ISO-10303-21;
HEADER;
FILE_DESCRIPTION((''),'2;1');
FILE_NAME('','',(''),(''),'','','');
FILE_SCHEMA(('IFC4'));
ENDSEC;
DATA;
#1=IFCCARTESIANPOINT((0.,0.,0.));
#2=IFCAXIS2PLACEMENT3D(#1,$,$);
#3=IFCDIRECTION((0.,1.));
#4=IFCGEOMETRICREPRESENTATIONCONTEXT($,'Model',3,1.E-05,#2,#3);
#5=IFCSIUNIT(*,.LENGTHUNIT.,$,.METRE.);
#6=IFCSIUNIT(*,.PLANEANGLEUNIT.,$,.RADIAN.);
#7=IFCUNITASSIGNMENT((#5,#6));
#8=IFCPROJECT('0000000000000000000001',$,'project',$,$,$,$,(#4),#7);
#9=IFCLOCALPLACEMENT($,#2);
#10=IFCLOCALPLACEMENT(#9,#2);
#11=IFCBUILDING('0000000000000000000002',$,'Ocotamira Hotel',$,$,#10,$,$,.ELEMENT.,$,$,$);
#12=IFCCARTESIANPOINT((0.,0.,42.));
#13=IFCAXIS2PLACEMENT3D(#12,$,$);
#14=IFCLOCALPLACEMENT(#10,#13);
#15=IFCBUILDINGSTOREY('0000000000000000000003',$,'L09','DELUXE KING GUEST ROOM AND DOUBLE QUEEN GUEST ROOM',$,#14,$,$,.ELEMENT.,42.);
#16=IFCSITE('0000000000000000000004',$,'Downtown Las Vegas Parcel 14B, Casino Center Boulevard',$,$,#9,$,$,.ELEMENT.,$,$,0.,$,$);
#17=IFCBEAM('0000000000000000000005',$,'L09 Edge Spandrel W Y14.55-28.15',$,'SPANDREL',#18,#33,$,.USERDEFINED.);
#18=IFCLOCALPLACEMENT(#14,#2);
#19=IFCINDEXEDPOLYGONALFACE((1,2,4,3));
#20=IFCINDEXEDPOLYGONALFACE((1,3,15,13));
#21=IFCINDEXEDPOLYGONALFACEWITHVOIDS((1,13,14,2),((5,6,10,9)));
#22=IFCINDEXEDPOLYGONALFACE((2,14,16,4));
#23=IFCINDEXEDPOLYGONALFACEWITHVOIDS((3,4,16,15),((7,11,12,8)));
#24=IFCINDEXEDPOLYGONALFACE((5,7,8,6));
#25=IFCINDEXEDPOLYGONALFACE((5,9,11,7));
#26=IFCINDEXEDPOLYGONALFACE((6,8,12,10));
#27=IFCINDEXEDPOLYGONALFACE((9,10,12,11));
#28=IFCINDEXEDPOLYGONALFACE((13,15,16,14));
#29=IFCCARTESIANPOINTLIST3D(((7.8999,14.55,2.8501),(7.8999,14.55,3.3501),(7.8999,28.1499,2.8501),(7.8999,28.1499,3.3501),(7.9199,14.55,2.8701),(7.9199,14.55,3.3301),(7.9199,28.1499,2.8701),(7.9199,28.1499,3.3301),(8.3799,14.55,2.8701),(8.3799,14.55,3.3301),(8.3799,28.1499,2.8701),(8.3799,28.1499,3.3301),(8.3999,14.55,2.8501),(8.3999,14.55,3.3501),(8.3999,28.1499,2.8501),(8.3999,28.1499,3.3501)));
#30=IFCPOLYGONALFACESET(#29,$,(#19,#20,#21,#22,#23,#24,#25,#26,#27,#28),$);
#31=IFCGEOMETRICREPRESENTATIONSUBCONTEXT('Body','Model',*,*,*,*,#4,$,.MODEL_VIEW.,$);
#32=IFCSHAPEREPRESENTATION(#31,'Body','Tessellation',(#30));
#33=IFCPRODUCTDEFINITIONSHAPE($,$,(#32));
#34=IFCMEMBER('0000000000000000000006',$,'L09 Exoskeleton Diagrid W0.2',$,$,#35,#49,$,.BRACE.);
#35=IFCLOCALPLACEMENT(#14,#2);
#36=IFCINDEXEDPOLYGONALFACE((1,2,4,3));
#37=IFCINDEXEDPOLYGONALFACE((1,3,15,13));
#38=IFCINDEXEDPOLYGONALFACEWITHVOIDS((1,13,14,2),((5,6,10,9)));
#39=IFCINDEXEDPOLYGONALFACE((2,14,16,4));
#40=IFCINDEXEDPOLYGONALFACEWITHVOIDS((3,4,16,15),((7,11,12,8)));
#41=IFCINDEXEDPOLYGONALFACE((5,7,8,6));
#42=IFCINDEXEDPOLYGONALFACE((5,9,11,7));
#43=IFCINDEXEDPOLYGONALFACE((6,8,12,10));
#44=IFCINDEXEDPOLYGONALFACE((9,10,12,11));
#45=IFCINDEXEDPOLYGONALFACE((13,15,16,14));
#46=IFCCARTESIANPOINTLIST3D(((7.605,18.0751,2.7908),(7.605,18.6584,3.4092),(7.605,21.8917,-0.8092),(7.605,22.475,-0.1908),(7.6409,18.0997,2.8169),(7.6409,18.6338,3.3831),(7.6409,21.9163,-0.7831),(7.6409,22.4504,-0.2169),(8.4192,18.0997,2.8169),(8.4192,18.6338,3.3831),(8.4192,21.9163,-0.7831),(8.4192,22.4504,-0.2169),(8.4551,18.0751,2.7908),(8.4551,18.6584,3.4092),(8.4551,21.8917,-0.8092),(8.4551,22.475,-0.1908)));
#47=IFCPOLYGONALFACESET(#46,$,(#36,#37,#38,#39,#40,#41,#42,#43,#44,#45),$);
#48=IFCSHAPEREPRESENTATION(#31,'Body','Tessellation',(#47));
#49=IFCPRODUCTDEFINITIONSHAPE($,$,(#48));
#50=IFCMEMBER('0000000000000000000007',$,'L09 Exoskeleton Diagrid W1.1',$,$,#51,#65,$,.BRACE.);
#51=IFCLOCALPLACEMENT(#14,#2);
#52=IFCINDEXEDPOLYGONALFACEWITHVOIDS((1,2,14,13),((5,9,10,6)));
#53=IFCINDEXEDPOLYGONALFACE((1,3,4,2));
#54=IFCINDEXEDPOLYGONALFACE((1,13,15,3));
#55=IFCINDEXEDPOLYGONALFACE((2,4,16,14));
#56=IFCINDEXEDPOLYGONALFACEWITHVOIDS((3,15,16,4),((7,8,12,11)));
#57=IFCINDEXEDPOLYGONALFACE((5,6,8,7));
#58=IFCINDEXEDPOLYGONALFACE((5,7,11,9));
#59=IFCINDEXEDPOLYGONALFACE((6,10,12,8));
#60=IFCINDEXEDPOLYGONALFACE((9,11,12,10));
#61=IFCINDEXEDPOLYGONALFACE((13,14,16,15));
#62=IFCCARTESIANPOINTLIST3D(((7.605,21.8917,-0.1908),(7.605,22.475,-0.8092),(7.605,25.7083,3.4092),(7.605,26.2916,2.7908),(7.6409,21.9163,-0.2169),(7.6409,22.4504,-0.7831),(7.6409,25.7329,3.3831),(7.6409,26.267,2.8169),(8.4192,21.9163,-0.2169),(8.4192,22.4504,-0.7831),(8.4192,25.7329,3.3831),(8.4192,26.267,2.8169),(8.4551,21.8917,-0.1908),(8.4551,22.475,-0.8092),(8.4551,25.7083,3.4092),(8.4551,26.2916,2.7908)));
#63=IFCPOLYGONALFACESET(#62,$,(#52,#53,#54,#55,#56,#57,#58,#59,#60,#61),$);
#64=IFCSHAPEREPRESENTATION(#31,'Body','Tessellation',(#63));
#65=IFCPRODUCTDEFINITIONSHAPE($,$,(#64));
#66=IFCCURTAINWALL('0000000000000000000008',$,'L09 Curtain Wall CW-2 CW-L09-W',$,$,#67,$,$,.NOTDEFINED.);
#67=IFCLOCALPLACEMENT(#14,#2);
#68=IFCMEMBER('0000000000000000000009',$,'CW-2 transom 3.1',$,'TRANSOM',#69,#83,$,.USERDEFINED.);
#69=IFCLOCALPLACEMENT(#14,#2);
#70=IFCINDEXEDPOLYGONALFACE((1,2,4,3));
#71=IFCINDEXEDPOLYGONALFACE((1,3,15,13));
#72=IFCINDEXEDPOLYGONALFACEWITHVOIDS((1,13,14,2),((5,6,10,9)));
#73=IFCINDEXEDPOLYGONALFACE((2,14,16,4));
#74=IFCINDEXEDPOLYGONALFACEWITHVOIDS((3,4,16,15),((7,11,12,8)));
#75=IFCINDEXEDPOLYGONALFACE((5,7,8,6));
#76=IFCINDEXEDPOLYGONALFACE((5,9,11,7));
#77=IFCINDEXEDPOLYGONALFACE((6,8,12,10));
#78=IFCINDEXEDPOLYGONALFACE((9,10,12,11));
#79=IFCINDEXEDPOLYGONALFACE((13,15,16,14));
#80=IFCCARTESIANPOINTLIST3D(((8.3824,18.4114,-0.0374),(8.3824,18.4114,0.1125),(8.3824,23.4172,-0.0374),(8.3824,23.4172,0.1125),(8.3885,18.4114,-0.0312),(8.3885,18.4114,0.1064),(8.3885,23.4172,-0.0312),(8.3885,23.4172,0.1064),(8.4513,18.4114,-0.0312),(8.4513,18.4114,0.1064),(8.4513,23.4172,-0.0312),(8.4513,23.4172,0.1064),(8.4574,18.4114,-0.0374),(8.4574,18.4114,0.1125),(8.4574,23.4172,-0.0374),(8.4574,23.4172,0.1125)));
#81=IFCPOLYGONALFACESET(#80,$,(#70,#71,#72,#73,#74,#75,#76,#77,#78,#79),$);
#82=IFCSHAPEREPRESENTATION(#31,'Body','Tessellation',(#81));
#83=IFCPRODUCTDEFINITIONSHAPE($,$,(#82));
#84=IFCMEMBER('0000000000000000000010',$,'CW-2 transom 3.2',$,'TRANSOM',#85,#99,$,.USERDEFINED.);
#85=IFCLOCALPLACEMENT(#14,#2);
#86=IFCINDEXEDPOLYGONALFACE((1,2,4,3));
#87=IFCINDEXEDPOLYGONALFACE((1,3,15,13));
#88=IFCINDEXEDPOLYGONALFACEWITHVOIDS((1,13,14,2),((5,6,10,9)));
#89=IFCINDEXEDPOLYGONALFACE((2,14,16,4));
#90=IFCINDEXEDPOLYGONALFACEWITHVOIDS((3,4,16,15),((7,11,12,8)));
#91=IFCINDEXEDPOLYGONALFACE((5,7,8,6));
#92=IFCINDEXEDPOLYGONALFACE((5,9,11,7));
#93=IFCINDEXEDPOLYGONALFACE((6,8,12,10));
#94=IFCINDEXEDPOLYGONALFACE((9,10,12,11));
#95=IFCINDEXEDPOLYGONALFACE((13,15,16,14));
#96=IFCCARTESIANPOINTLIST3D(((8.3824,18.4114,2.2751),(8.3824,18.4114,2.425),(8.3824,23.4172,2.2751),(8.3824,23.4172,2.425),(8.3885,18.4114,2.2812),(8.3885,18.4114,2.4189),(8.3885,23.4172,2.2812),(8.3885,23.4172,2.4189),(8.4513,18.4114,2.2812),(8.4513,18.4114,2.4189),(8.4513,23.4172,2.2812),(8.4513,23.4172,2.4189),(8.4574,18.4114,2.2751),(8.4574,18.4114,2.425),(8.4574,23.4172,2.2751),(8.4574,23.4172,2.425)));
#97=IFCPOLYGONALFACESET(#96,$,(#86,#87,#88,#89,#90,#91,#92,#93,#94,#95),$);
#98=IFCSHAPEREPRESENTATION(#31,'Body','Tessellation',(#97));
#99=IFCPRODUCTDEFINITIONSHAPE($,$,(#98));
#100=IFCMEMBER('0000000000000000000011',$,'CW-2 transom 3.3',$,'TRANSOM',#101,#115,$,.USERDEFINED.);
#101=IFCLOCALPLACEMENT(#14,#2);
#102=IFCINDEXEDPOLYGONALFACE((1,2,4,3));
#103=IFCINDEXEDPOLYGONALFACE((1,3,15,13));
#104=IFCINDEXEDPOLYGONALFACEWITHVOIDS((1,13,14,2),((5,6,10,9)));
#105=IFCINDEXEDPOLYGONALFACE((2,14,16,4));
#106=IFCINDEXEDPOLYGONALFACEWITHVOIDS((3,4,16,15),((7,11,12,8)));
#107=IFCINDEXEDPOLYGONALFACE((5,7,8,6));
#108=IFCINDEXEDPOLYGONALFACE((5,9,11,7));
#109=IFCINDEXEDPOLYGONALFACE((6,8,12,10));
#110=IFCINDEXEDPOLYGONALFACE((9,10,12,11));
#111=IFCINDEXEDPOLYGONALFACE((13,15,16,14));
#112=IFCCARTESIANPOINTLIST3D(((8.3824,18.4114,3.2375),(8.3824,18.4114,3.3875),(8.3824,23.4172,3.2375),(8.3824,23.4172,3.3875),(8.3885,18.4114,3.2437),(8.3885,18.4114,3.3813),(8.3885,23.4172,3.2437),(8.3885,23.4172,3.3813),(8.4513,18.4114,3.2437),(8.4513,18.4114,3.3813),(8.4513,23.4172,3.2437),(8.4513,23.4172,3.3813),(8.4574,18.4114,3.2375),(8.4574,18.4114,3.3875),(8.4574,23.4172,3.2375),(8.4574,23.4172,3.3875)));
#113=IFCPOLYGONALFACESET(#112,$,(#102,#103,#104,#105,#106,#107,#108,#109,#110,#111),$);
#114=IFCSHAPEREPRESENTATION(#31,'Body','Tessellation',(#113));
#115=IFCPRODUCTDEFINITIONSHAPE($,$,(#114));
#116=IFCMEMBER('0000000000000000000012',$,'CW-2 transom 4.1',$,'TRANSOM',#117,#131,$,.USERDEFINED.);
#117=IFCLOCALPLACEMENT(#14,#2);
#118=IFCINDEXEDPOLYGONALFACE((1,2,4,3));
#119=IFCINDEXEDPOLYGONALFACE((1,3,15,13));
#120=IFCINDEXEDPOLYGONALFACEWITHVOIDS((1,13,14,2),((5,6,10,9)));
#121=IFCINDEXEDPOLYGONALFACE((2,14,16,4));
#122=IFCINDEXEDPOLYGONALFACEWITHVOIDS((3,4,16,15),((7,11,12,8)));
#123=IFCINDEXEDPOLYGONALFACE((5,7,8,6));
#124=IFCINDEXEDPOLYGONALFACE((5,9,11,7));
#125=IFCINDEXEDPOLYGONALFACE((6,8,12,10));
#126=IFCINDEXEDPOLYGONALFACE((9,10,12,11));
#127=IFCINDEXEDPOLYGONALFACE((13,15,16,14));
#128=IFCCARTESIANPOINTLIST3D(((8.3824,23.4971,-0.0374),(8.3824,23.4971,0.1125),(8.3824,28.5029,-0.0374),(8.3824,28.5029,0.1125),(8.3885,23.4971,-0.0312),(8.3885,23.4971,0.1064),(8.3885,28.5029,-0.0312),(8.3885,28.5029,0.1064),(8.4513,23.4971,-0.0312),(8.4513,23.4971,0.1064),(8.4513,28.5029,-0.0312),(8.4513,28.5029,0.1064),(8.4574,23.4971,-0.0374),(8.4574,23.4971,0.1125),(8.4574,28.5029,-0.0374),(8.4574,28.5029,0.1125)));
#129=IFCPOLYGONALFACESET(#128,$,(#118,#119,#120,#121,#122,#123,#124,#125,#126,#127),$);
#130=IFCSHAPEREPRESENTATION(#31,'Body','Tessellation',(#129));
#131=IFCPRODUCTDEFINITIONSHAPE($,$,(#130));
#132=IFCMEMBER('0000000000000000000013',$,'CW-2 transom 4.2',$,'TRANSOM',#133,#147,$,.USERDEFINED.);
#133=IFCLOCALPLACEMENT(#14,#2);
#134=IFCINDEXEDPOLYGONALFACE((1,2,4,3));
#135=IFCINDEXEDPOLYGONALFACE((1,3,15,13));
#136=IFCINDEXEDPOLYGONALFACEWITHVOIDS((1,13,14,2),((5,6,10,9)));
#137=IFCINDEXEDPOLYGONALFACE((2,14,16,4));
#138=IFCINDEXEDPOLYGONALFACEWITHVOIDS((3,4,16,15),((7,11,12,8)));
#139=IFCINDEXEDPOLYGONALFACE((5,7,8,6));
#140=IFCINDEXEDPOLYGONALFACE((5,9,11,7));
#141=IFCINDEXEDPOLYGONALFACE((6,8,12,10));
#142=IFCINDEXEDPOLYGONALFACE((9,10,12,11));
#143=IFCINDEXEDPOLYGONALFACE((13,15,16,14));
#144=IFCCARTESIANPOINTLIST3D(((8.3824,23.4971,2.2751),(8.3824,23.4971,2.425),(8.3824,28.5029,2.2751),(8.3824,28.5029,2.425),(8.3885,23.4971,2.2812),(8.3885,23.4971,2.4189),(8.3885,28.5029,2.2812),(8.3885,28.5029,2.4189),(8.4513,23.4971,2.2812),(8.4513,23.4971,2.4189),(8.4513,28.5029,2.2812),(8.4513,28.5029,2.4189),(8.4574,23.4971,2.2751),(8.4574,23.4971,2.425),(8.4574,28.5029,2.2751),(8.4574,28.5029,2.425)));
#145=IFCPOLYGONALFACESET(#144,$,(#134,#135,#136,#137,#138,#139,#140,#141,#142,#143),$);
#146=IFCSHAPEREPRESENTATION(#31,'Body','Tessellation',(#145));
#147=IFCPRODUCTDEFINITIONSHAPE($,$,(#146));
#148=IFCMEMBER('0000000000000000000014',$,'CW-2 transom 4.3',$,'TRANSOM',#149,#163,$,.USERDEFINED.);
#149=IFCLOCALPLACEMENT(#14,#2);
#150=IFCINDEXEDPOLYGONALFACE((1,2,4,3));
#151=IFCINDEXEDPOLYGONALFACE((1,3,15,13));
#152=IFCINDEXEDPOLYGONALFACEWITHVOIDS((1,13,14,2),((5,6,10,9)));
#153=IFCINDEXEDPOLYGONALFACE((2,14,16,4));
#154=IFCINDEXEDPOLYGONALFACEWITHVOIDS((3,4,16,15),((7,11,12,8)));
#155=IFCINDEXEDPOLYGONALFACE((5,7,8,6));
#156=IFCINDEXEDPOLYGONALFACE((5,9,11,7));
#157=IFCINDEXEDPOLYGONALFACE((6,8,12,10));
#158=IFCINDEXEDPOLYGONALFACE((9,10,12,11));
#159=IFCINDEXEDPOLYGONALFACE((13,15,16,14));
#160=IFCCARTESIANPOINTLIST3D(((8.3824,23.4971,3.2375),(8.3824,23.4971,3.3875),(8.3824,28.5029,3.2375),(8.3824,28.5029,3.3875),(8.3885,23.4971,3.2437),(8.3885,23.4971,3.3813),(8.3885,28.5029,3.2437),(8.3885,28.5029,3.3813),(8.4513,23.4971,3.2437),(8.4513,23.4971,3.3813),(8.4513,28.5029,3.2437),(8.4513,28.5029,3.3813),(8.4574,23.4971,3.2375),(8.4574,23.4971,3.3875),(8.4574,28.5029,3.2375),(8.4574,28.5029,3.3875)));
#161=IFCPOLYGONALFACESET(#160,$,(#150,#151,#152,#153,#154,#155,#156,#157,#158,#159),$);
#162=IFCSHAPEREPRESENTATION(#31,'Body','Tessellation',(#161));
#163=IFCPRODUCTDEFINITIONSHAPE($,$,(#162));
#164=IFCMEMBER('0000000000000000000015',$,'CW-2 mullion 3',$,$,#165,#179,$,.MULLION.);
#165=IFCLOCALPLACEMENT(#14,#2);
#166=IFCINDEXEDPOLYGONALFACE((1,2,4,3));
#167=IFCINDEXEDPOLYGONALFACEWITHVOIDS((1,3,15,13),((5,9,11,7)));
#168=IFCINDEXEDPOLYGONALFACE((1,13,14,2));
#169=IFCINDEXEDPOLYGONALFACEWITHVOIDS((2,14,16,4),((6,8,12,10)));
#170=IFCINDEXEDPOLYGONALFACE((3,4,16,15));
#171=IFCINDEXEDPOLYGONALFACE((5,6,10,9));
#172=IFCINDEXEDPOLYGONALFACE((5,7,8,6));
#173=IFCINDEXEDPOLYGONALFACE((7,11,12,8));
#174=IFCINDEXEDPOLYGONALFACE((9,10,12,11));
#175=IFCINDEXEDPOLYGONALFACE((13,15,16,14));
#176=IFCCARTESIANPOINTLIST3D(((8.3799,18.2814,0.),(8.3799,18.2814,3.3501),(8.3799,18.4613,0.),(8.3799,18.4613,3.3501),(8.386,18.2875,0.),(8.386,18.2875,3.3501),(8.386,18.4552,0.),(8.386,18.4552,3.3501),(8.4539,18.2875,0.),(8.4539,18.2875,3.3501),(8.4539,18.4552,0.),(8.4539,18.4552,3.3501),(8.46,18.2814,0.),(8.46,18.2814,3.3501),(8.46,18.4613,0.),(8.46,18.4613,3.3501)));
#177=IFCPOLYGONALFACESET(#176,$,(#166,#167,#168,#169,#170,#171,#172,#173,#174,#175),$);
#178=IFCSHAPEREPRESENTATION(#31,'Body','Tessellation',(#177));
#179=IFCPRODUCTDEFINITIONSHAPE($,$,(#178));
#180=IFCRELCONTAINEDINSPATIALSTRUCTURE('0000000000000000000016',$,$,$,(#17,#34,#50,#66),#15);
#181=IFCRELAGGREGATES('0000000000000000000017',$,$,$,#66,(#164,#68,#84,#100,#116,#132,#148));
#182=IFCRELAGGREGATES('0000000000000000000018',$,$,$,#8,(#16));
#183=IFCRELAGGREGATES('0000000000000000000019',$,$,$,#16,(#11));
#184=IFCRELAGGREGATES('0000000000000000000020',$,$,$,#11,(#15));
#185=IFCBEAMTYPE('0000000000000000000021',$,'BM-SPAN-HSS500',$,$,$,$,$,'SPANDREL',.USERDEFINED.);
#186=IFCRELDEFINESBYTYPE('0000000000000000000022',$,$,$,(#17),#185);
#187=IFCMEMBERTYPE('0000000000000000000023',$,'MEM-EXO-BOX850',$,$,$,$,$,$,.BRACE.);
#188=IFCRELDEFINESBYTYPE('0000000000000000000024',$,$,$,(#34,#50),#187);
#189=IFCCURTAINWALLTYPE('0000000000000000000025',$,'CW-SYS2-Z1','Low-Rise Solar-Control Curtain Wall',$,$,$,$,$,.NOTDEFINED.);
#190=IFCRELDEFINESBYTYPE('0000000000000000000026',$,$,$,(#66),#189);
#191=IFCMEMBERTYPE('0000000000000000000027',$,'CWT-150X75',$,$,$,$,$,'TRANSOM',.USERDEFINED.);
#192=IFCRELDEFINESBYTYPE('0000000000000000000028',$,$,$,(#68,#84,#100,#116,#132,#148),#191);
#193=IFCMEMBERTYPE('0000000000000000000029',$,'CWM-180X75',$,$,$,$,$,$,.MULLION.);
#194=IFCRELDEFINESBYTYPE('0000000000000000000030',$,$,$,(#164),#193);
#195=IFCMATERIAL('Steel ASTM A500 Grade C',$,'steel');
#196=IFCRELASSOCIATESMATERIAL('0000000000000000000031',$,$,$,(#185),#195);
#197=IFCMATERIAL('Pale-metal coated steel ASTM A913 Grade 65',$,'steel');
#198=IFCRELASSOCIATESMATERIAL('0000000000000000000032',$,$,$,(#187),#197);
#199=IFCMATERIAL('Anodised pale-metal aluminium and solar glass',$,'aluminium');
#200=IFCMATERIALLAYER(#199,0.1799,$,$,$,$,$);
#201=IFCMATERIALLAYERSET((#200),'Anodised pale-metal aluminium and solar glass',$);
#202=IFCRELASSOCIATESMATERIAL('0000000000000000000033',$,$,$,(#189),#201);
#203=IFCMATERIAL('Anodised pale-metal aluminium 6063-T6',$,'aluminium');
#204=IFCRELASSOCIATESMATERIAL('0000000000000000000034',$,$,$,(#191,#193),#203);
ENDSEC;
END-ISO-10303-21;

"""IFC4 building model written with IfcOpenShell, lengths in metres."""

from ifc_helpers import new_model, si_unit, direction, frame, origin, origin_2d, place, context, subcontext, project, spatial, hollow_rectangle, extrude, source, transform, mapped, material, layer, layer_set, material_profile, profile_set, type_object, element, aggregate, save


model = new_model("IFC4")

# Units and contexts
model_context = context("Model", 3, precision=1e-05, world=origin(), true_north=direction((0.0, 1.0)))
body_context = subcontext(model_context, "Body", "Model", "MODEL_VIEW")
ifc_project = project(units=[si_unit("LENGTHUNIT", "METRE"), si_unit("PLANEANGLEUNIT", "RADIAN")], contexts=[model_context])

# Site, building, storey
site_placement = place(None, origin())
site = spatial("IfcSite", under=ifc_project, at=site_placement, Name="Downtown Las Vegas Parcel 14B, Casino Center Boulevard", CompositionType="ELEMENT", RefElevation=0.0)
building_placement = place(site_placement, origin())
building = spatial("IfcBuilding", under=site, at=building_placement, Name="Ocotamira Hotel", CompositionType="ELEMENT")
storey_placement = place(building_placement, frame((0.0, 0.0, 42.0)))
storey = spatial("IfcBuildingStorey", under=building, at=storey_placement, Name="L09", Description="DELUXE KING GUEST ROOM AND DOUBLE QUEEN GUEST ROOM", CompositionType="ELEMENT", Elevation=42.0)

# Beam
ifc_material_1 = material(Name="Steel ASTM A500 Grade C", Category="steel")
ifc_material_profile_1 = material_profile(ifc_material_1, hollow_rectangle(XDim=0.5, YDim=0.5, WallThickness=0.02, at=origin_2d()), Name="HSS500X500X20")
ifc_profile_set_1 = profile_set([ifc_material_profile_1], Name="Steel ASTM A500 Grade C")
beam_type_1 = type_object("IfcBeamType", Name="BM-SPAN-HSS500", ElementType="SPANDREL", PredefinedType="USERDEFINED", material=ifc_profile_set_1)
shared_shape_1 = source(origin(), body_context, "Body", "SweptSolid", [
    extrude(hollow_rectangle(XDim=0.5, YDim=0.5, WallThickness=0.02, at=origin_2d()), origin(), (0.0, 0.0, 1.0), 13.5999),
])
beam_1_placement = place(storey_placement, frame((8.1499, 14.55, 3.1001), z_axis=(0.0, 1.0, 0.0), x_axis=(-1.0, 0.0, 0.0)))
element("IfcBeam", 1, at=beam_1_placement, inside=storey, type_object=beam_type_1, Name="L09 Edge Spandrel W Y14.55-28.15", ObjectType="SPANDREL", PredefinedType="USERDEFINED", context=body_context, shape_type="MappedRepresentation", body=[
    mapped(shared_shape_1, transform((0.0, 0.0, 0.0), scale=1.0)),
])

# Members
ifc_material_2 = material(Name="Pale-metal coated steel ASTM A913 Grade 65", Category="steel")
ifc_material_profile_2 = material_profile(ifc_material_2, hollow_rectangle(XDim=0.8501, YDim=0.8501, WallThickness=0.0359, at=origin_2d()), Name="BOX850X850X36")
ifc_profile_set_2 = profile_set([ifc_material_profile_2], Name="Pale-metal coated steel ASTM A913 Grade 65")
member_type_1 = type_object("IfcMemberType", Name="MEM-EXO-BOX850", PredefinedType="BRACE", material=ifc_profile_set_2)
shared_shape_2 = source(origin(), body_context, "Body", "SweptSolid", [
    extrude(hollow_rectangle(XDim=0.8501, YDim=0.8501, WallThickness=0.0359, at=origin_2d()), origin(), (0.0, 0.0, 1.0), 5.2466),
])
for number, where, z_axis, x_axis, name in (
    (2, (8.03, 22.1833, -0.5), (0.0, -0.727443, 0.686168), (1.0, 0.0, 0.0), "L09 Exoskeleton Diagrid W0.2"),
    (3, (8.03, 22.1833, -0.5), (0.0, 0.727443, 0.686168), (-1.0, 0.0, 0.0), "L09 Exoskeleton Diagrid W1.1"),
):
    element("IfcMember", number, at=place(storey_placement, frame(where, z_axis=z_axis, x_axis=x_axis)), inside=storey, type_object=member_type_1, Name=name, PredefinedType="BRACE", context=body_context, shape_type="MappedRepresentation", body=[
        mapped(shared_shape_2, transform((0.0, 0.0, 0.0), scale=1.0)),
    ])

# Curtain wall, members
ifc_material_3 = material(Name="Anodised pale-metal aluminium and solar glass", Category="aluminium")
ifc_layer_1 = layer(ifc_material_3, 0.1799)
ifc_layer_set_1 = layer_set([ifc_layer_1], Name="Anodised pale-metal aluminium and solar glass")
curtain_wall_type = type_object("IfcCurtainWallType", Name="CW-SYS2-Z1", Description="Low-Rise Solar-Control Curtain Wall", PredefinedType="NOTDEFINED", material=ifc_layer_set_1)
curtain_wall_placement = place(storey_placement, origin())
curtain_wall = element("IfcCurtainWall", 4, at=curtain_wall_placement, inside=storey, type_object=curtain_wall_type, Name="L09 Curtain Wall CW-2 CW-L09-W", PredefinedType="NOTDEFINED")
ifc_material_4 = material(Name="Anodised pale-metal aluminium 6063-T6", Category="aluminium")
ifc_material_profile_3 = material_profile(ifc_material_4, hollow_rectangle(XDim=0.075, YDim=0.1499, WallThickness=0.0061, at=origin_2d()), Name="HSS150X75X6")
ifc_profile_set_3 = profile_set([ifc_material_profile_3], Name="Anodised pale-metal aluminium 6063-T6")
member_type_2 = type_object("IfcMemberType", Name="CWT-150X75", ElementType="TRANSOM", PredefinedType="USERDEFINED", material=ifc_profile_set_3)
shared_shape_3 = source(origin(), body_context, "Body", "SweptSolid", [
    extrude(hollow_rectangle(XDim=0.075, YDim=0.1499, WallThickness=0.0061, at=origin_2d()), origin(), (0.0, 0.0, 1.0), 5.0059),
])
member_1_placement = place(storey_placement, frame((8.4199, 18.4114, 0.0376), z_axis=(0.0, 1.0, 0.0), x_axis=(-1.0, 0.0, 0.0)))
member_1 = element("IfcMember", 5, at=member_1_placement, type_object=member_type_2, Name="CW-2 transom 3.1", ObjectType="TRANSOM", PredefinedType="USERDEFINED", context=body_context, shape_type="MappedRepresentation", body=[
    mapped(shared_shape_3, transform((0.0, 0.0, 0.0), scale=1.0)),
])
member_2_placement = place(storey_placement, frame((8.4199, 18.4114, 2.3501), z_axis=(0.0, 1.0, 0.0), x_axis=(-1.0, 0.0, 0.0)))
member_2 = element("IfcMember", 6, at=member_2_placement, type_object=member_type_2, Name="CW-2 transom 3.2", ObjectType="TRANSOM", PredefinedType="USERDEFINED", context=body_context, shape_type="MappedRepresentation", body=[
    mapped(shared_shape_3, transform((0.0, 0.0, 0.0), scale=1.0)),
])
member_3_placement = place(storey_placement, frame((8.4199, 18.4114, 3.3125), z_axis=(0.0, 1.0, 0.0), x_axis=(-1.0, 0.0, 0.0)))
member_3 = element("IfcMember", 7, at=member_3_placement, type_object=member_type_2, Name="CW-2 transom 3.3", ObjectType="TRANSOM", PredefinedType="USERDEFINED", context=body_context, shape_type="MappedRepresentation", body=[
    mapped(shared_shape_3, transform((0.0, 0.0, 0.0), scale=1.0)),
])
member_4_placement = place(storey_placement, frame((8.4199, 23.4971, 0.0376), z_axis=(0.0, 1.0, 0.0), x_axis=(-1.0, 0.0, 0.0)))
member_4 = element("IfcMember", 8, at=member_4_placement, type_object=member_type_2, Name="CW-2 transom 4.1", ObjectType="TRANSOM", PredefinedType="USERDEFINED", context=body_context, shape_type="MappedRepresentation", body=[
    mapped(shared_shape_3, transform((0.0, 0.0, 0.0), scale=1.0)),
])
member_5_placement = place(storey_placement, frame((8.4199, 23.4971, 2.3501), z_axis=(0.0, 1.0, 0.0), x_axis=(-1.0, 0.0, 0.0)))
member_5 = element("IfcMember", 9, at=member_5_placement, type_object=member_type_2, Name="CW-2 transom 4.2", ObjectType="TRANSOM", PredefinedType="USERDEFINED", context=body_context, shape_type="MappedRepresentation", body=[
    mapped(shared_shape_3, transform((0.0, 0.0, 0.0), scale=1.0)),
])
member_6_placement = place(storey_placement, frame((8.4199, 23.4971, 3.3125), z_axis=(0.0, 1.0, 0.0), x_axis=(-1.0, 0.0, 0.0)))
member_6 = element("IfcMember", 10, at=member_6_placement, type_object=member_type_2, Name="CW-2 transom 4.3", ObjectType="TRANSOM", PredefinedType="USERDEFINED", context=body_context, shape_type="MappedRepresentation", body=[
    mapped(shared_shape_3, transform((0.0, 0.0, 0.0), scale=1.0)),
])
ifc_material_profile_4 = material_profile(ifc_material_4, hollow_rectangle(XDim=0.0801, YDim=0.1799, WallThickness=0.0061, at=origin_2d()), Name="HSS180X80X6")
ifc_profile_set_4 = profile_set([ifc_material_profile_4], Name="Anodised pale-metal aluminium 6063-T6")
member_type_3 = type_object("IfcMemberType", Name="CWM-180X75", PredefinedType="MULLION", material=ifc_profile_set_4)
shared_shape_4 = source(origin(), body_context, "Body", "SweptSolid", [
    extrude(hollow_rectangle(XDim=0.0801, YDim=0.1799, WallThickness=0.0061, at=origin_2d()), origin(), (0.0, 0.0, 1.0), 3.3501),
])
member_7_placement = place(storey_placement, frame((8.4199, 18.3713, 0.0), z_axis=(0.0, 0.0, 1.0), x_axis=(-1.0, 0.0, 0.0)))
member_7 = element("IfcMember", 11, at=member_7_placement, type_object=member_type_3, Name="CW-2 mullion 3", PredefinedType="MULLION", context=body_context, shape_type="MappedRepresentation", body=[
    mapped(shared_shape_4, transform((0.0, 0.0, 0.0), scale=1.0)),
])

aggregate(curtain_wall, [member_7, member_1, member_2, member_3, member_4, member_5, member_6])

save(model, "model.ifc")
